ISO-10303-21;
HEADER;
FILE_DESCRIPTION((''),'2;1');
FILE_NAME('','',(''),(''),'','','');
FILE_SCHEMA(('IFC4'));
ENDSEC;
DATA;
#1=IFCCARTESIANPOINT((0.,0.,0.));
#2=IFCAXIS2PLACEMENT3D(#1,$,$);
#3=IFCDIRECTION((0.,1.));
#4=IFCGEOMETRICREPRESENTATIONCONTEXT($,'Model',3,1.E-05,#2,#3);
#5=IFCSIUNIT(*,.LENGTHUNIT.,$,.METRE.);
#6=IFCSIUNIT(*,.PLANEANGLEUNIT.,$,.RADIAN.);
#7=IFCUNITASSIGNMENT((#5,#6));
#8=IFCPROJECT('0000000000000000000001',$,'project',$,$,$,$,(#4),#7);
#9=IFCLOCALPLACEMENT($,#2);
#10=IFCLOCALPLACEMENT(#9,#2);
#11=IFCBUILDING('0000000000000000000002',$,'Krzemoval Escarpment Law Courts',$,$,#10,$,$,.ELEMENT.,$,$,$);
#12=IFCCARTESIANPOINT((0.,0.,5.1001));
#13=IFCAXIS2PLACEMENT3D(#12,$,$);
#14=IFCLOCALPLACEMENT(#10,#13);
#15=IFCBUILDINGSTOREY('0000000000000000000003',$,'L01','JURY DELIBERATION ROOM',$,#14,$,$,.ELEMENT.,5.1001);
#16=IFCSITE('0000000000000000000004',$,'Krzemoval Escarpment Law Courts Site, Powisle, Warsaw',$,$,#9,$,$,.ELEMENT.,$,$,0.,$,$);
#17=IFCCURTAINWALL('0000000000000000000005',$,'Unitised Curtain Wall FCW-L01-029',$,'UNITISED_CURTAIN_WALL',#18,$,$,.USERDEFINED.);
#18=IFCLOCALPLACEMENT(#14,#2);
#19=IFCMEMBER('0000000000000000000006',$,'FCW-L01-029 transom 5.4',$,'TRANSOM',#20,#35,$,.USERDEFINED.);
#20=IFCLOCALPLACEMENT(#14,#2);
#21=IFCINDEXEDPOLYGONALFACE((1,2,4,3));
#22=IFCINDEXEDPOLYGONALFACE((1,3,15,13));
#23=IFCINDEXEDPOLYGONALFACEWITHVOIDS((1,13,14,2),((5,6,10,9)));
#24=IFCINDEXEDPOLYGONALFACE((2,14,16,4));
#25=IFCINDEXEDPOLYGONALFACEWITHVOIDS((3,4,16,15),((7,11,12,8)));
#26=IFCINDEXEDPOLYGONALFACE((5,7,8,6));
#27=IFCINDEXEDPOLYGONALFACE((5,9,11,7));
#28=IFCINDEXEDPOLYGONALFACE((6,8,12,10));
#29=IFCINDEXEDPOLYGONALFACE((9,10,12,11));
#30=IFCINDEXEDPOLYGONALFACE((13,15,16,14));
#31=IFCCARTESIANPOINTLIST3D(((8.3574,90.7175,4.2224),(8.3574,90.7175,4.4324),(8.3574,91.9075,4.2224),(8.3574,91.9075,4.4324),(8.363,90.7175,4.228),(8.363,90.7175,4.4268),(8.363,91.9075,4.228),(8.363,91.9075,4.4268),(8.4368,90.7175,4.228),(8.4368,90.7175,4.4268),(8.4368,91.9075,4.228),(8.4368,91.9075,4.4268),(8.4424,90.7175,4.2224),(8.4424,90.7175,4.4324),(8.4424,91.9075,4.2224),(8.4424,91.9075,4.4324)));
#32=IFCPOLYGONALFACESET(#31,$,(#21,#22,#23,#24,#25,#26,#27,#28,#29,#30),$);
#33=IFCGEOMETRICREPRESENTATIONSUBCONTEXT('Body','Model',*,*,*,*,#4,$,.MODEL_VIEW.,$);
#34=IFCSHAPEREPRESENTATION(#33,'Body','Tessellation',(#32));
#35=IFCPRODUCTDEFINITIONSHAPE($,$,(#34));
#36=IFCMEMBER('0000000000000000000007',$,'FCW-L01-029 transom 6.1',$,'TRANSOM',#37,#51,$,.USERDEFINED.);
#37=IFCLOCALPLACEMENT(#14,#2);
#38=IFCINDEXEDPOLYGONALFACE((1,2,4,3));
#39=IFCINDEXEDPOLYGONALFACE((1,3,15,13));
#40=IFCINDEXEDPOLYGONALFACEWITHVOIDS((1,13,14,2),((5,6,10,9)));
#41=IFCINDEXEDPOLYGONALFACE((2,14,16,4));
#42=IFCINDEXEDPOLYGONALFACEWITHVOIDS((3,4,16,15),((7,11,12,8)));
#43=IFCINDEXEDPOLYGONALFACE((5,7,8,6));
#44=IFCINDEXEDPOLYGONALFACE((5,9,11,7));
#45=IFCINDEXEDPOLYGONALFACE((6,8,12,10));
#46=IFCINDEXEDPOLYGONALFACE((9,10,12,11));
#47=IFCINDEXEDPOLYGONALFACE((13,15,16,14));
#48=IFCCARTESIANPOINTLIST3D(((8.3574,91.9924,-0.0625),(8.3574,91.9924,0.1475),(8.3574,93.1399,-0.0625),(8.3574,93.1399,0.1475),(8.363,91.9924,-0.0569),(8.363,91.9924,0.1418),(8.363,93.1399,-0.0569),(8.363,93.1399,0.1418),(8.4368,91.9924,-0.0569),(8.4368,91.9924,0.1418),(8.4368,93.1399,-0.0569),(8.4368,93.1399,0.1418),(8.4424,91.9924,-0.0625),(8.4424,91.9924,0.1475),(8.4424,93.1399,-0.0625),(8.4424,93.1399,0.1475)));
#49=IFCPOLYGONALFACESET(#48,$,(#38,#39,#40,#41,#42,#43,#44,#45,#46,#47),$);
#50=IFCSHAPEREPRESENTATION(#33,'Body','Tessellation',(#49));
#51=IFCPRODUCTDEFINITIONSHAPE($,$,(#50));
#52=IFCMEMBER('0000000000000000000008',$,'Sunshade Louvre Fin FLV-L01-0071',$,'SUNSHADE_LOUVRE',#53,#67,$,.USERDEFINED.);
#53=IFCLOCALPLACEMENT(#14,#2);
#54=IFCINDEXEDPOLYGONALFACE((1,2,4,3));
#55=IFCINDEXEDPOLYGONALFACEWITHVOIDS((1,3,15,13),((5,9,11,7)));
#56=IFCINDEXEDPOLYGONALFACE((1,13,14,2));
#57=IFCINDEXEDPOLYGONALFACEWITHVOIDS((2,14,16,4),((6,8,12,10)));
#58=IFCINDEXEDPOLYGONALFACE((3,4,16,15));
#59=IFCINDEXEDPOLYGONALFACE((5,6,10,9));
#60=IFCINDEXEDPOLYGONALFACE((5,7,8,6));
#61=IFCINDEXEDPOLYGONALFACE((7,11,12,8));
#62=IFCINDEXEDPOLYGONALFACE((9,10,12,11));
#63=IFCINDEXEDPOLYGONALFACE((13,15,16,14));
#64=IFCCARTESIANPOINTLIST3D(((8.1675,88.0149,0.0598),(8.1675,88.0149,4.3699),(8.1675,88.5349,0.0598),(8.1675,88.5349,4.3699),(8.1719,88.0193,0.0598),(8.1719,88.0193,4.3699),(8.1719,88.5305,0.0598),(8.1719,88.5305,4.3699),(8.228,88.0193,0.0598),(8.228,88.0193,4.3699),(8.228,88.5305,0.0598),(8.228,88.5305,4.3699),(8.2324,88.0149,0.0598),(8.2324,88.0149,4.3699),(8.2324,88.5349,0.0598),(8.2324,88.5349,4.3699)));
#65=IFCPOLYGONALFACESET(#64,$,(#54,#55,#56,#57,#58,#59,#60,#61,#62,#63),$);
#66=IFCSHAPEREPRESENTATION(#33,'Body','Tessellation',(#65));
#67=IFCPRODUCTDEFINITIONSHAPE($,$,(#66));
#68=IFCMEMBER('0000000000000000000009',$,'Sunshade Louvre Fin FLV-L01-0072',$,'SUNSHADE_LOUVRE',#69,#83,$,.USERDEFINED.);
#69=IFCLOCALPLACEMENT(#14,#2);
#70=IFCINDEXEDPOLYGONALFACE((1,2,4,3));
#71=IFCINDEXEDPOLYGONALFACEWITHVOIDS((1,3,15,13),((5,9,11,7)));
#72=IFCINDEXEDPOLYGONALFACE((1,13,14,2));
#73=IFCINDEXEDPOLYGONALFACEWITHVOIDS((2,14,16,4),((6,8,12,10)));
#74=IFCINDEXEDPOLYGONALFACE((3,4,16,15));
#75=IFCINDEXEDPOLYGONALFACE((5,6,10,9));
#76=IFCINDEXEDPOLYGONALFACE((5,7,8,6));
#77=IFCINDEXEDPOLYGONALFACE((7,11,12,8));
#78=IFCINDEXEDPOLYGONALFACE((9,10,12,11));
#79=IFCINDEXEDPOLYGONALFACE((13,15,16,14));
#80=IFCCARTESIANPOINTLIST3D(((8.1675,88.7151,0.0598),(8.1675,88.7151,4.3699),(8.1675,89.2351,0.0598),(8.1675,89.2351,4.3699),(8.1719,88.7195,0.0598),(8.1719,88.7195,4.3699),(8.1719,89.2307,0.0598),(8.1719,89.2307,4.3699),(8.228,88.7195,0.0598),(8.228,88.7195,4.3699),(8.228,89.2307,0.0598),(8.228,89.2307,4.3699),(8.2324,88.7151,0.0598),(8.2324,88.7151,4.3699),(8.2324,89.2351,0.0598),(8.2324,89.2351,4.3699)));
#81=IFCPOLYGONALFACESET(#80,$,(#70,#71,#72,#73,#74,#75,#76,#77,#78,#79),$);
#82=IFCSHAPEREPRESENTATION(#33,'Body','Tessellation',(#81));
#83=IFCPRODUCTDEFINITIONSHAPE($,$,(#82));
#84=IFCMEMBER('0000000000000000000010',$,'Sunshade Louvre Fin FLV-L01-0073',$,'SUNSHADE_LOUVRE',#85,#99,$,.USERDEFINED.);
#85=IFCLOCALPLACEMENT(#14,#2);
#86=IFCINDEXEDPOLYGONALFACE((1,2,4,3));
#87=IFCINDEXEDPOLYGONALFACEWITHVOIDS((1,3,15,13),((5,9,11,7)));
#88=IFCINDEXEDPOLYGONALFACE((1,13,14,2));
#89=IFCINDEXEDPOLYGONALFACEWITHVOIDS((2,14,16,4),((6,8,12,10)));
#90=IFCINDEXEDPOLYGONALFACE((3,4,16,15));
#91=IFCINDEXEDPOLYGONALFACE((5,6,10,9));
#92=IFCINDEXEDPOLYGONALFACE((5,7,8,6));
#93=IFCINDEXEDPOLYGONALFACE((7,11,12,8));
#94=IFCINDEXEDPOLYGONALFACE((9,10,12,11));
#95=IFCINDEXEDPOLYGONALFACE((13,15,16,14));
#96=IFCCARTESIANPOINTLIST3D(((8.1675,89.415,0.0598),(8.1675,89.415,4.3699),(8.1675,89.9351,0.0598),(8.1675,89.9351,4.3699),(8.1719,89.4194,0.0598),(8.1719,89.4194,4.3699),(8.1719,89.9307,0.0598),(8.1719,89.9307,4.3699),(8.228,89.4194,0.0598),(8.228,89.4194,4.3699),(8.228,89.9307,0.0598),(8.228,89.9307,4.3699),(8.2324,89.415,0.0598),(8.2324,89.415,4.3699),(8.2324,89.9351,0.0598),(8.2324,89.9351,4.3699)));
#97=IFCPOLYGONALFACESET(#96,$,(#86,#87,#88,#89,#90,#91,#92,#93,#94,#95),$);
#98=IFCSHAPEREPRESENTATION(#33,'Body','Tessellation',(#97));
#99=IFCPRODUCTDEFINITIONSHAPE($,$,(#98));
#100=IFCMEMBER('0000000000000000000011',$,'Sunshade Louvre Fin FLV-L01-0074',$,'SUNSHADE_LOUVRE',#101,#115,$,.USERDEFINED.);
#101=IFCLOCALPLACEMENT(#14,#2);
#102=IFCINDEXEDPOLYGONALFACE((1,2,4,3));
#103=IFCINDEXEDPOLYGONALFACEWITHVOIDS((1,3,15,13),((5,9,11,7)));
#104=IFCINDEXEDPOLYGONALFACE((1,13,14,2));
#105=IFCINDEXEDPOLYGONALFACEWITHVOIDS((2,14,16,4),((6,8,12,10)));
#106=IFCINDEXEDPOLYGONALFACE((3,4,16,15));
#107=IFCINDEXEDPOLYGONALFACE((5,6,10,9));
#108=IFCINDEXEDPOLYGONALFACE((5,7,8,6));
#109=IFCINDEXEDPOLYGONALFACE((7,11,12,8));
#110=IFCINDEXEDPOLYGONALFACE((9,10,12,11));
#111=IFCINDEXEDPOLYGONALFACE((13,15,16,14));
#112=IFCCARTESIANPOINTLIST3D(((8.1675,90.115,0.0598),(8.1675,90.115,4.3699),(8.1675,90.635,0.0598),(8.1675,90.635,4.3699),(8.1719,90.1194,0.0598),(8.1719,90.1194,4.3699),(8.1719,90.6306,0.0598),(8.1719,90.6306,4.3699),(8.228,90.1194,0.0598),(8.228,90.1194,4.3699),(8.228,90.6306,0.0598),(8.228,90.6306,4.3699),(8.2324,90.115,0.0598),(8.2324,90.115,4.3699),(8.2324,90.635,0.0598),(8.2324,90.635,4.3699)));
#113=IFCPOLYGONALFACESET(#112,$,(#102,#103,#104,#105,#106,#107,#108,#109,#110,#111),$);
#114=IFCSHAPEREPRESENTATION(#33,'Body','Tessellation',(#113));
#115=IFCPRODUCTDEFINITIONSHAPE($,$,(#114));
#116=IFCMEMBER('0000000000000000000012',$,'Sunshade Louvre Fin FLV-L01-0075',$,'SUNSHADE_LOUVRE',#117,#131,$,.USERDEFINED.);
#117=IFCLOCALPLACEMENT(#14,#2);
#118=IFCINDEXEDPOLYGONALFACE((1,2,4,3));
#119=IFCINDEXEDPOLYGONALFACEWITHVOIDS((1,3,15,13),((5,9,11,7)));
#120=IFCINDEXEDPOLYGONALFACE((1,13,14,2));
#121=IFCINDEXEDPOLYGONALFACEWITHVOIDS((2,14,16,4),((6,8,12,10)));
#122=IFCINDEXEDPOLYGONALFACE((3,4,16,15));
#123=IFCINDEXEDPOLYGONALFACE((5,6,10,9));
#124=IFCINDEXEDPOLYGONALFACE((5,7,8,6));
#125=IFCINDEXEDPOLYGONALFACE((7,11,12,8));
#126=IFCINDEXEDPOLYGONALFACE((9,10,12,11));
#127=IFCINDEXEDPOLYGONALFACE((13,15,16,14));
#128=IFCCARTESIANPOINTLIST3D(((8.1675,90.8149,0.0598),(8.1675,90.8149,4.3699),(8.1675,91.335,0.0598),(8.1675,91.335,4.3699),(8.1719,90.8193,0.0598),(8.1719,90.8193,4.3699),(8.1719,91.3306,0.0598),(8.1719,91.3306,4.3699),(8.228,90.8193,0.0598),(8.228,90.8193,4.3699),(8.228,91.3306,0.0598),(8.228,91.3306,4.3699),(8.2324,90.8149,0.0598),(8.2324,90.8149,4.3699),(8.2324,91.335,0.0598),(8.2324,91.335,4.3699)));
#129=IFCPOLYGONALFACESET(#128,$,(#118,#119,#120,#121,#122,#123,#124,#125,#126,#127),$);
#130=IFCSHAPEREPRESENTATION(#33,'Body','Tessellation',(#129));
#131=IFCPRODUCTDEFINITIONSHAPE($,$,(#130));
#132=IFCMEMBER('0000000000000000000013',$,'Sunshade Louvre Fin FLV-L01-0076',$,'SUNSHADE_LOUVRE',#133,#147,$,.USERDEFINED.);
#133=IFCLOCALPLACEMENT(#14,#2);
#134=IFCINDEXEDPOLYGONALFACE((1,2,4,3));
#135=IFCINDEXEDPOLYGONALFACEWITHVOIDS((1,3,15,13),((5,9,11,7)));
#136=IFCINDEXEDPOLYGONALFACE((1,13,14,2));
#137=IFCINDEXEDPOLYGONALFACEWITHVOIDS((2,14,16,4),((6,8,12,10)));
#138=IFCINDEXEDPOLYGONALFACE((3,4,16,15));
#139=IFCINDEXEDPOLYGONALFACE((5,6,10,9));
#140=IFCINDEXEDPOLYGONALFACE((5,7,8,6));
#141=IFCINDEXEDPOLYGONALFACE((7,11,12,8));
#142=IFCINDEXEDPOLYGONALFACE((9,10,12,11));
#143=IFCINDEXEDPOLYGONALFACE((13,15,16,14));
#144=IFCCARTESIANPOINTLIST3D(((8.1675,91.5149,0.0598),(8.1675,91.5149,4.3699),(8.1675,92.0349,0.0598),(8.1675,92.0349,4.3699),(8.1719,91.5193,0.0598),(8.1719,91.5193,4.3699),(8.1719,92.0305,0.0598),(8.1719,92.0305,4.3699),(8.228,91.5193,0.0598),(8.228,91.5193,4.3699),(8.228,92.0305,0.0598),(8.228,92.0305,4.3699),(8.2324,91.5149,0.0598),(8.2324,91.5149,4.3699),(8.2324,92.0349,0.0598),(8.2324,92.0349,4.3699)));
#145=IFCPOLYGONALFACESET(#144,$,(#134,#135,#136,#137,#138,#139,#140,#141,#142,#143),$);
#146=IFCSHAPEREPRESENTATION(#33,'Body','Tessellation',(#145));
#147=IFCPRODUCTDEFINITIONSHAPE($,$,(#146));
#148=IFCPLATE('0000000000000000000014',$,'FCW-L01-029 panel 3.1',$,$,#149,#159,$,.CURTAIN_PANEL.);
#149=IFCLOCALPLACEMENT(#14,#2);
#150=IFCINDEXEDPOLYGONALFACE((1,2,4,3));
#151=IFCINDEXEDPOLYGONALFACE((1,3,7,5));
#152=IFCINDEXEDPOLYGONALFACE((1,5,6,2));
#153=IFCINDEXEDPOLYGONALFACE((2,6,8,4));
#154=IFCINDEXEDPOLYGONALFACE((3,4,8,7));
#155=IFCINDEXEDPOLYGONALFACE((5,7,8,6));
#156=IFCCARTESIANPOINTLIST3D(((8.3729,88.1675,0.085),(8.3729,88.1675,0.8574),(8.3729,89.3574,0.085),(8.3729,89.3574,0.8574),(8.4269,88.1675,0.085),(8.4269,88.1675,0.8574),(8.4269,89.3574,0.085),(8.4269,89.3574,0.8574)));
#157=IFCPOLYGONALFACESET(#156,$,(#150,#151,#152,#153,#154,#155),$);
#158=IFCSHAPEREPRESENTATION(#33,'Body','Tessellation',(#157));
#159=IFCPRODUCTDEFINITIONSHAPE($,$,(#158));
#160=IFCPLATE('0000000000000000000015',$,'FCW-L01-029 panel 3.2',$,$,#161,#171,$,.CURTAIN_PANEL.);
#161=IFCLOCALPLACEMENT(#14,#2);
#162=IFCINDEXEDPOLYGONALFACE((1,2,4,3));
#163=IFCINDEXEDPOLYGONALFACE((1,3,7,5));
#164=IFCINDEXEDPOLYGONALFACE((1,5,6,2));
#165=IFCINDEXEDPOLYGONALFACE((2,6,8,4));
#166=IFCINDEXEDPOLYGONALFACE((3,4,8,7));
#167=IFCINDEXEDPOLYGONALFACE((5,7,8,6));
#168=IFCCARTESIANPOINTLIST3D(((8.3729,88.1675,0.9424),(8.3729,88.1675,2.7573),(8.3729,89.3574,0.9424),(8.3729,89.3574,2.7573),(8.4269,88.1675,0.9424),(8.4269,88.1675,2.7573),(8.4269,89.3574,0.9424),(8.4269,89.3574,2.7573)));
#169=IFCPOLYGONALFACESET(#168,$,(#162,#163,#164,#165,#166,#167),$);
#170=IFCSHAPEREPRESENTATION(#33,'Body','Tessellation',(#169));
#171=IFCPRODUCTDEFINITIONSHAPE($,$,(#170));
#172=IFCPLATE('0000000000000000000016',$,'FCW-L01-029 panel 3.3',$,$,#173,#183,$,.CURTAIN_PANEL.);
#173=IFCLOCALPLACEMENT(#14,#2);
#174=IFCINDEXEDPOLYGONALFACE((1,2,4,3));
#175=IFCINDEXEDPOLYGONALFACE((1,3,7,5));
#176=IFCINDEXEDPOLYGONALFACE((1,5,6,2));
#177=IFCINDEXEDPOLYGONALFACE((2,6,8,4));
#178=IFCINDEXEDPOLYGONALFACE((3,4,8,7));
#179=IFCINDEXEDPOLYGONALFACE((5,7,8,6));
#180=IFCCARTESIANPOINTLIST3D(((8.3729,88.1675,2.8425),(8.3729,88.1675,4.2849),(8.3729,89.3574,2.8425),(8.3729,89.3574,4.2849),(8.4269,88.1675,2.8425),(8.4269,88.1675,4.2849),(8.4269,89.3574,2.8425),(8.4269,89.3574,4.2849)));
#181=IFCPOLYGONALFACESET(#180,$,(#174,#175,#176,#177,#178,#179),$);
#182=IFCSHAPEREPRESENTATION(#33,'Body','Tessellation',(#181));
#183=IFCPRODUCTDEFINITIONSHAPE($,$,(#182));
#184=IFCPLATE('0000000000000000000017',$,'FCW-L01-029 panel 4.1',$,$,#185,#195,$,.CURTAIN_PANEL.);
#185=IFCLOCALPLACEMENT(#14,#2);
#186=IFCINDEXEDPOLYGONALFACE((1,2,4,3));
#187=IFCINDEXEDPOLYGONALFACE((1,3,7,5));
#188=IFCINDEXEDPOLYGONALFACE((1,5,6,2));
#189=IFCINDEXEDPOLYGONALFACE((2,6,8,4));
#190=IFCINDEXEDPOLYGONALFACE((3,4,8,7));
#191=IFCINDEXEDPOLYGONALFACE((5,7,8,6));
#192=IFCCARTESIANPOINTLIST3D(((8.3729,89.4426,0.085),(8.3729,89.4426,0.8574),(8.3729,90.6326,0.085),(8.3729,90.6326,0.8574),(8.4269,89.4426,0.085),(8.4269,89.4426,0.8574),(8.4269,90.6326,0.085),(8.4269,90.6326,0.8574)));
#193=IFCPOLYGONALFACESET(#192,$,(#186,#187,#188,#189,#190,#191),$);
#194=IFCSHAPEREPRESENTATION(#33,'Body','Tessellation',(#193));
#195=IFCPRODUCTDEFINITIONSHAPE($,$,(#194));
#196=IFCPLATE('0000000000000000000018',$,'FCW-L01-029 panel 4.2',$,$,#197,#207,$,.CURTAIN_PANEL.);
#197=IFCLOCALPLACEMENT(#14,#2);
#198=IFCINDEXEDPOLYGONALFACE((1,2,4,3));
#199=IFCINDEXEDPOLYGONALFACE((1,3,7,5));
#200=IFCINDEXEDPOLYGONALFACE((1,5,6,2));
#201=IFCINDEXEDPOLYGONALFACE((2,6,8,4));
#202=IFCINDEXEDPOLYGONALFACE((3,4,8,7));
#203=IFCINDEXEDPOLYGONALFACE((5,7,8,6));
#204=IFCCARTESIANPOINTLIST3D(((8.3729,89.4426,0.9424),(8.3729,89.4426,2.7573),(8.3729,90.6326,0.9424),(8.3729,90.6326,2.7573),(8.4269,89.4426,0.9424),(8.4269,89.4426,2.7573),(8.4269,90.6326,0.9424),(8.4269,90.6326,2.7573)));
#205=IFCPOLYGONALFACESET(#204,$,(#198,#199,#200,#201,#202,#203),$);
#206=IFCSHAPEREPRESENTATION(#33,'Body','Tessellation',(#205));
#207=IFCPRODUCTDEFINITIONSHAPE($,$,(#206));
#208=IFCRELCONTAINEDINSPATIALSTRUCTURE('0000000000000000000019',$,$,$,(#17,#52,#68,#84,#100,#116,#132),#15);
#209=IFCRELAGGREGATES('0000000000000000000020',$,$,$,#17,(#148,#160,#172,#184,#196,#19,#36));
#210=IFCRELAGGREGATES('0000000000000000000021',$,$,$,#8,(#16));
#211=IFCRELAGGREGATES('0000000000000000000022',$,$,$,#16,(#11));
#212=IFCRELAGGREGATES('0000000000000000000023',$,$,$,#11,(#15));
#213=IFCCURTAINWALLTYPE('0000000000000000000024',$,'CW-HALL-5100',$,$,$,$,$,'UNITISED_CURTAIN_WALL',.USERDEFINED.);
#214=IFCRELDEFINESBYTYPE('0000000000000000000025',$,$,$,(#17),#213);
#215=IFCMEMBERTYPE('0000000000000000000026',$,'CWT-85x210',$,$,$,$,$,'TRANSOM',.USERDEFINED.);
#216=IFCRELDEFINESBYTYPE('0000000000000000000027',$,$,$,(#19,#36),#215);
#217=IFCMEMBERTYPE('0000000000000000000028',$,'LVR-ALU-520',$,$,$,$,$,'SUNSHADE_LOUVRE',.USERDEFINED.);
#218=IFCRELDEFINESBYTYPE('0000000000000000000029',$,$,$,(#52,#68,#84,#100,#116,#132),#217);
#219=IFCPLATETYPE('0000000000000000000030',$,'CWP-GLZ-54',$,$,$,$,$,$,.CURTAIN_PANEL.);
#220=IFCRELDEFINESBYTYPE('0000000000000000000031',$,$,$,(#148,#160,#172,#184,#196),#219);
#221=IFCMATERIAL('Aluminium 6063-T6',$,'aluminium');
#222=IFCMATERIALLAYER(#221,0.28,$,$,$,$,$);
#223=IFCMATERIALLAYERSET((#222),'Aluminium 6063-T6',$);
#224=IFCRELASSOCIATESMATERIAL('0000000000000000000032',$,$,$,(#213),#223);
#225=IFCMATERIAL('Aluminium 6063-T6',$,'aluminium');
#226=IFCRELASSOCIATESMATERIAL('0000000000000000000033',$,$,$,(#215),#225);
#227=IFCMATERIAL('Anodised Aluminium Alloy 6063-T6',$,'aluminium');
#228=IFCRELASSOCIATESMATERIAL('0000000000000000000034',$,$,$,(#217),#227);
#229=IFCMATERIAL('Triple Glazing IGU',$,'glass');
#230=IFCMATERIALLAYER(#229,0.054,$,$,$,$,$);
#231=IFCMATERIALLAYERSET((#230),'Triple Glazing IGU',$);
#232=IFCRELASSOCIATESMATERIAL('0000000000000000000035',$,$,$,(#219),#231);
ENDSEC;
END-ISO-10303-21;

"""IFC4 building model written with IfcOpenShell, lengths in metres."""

from ifc_helpers import new_model, si_unit, direction, frame, origin, origin_2d, place, context, subcontext, project, spatial, rectangle, hollow_rectangle, extrude, material, layer, layer_set, material_profile, profile_set, type_object, element, aggregate, save


model = new_model("IFC4")

# Units and contexts
model_context = context("Model", 3, precision=1e-05, world=origin(), true_north=direction((0.0, 1.0)))
body_context = subcontext(model_context, "Body", "Model", "MODEL_VIEW")
ifc_project = project(units=[si_unit("LENGTHUNIT", "METRE"), si_unit("PLANEANGLEUNIT", "RADIAN")], contexts=[model_context])

# Site, building, storey
site_placement = place(None, origin())
site = spatial("IfcSite", under=ifc_project, at=site_placement, Name="Krzemoval Escarpment Law Courts Site, Powisle, Warsaw", CompositionType="ELEMENT", RefElevation=0.0)
building_placement = place(site_placement, origin())
building = spatial("IfcBuilding", under=site, at=building_placement, Name="Krzemoval Escarpment Law Courts", CompositionType="ELEMENT")
storey_placement = place(building_placement, frame((0.0, 0.0, 5.1001)))
storey = spatial("IfcBuildingStorey", under=building, at=storey_placement, Name="L01", Description="JURY DELIBERATION ROOM", CompositionType="ELEMENT", Elevation=5.1001)

# Curtain wall, members
ifc_material_1 = material(Name="Aluminium 6063-T6", Category="aluminium")
ifc_layer_1 = layer(ifc_material_1, 0.28)
ifc_layer_set_1 = layer_set([ifc_layer_1], Name="Aluminium 6063-T6")
curtain_wall_type = type_object("IfcCurtainWallType", Name="CW-HALL-5100", ElementType="UNITISED_CURTAIN_WALL", PredefinedType="USERDEFINED", material=ifc_layer_set_1)
curtain_wall_placement = place(storey_placement, origin())
curtain_wall = element("IfcCurtainWall", 1, at=curtain_wall_placement, inside=storey, type_object=curtain_wall_type, Name="Unitised Curtain Wall FCW-L01-029", ObjectType="UNITISED_CURTAIN_WALL", PredefinedType="USERDEFINED")
ifc_material_2 = material(Name="Aluminium 6063-T6", Category="aluminium")
ifc_material_profile_1 = material_profile(ifc_material_2, hollow_rectangle(XDim=0.085, YDim=0.21, WallThickness=0.0056, at=origin_2d()), Name="ALU T85x210")
ifc_profile_set_1 = profile_set([ifc_material_profile_1], Name="Aluminium 6063-T6")
member_type_1 = type_object("IfcMemberType", Name="CWT-85x210", ElementType="TRANSOM", PredefinedType="USERDEFINED", material=ifc_profile_set_1)
member_1_placement = place(storey_placement, frame((8.3999, 90.7175, 4.3274), z_axis=(0.0, 1.0, 0.0), x_axis=(-1.0, 0.0, 0.0)))
member_1 = element("IfcMember", 2, at=member_1_placement, type_object=member_type_1, Name="FCW-L01-029 transom 5.4", ObjectType="TRANSOM", PredefinedType="USERDEFINED", context=body_context, shape_type="SweptSolid", body=[
    extrude(hollow_rectangle(XDim=0.085, YDim=0.21, WallThickness=0.0056, at=origin_2d()), origin(), (0.0, 0.0, 1.0), 1.1899),
])
member_2_placement = place(storey_placement, frame((8.3999, 91.9924, 0.0425), z_axis=(0.0, 1.0, 0.0), x_axis=(-1.0, 0.0, 0.0)))
member_2 = element("IfcMember", 3, at=member_2_placement, type_object=member_type_1, Name="FCW-L01-029 transom 6.1", ObjectType="TRANSOM", PredefinedType="USERDEFINED", context=body_context, shape_type="SweptSolid", body=[
    extrude(hollow_rectangle(XDim=0.085, YDim=0.21, WallThickness=0.0056, at=origin_2d()), origin(), (0.0, 0.0, 1.0), 1.1475),
])

# Members
ifc_material_3 = material(Name="Anodised Aluminium Alloy 6063-T6", Category="aluminium")
ifc_material_profile_2 = material_profile(ifc_material_3, hollow_rectangle(XDim=0.0649, YDim=0.52, WallThickness=0.0044, at=origin_2d()), Name="ALU LVR 65x520")
ifc_profile_set_2 = profile_set([ifc_material_profile_2], Name="Anodised Aluminium Alloy 6063-T6")
member_type_2 = type_object("IfcMemberType", Name="LVR-ALU-520", ElementType="SUNSHADE_LOUVRE", PredefinedType="USERDEFINED", material=ifc_profile_set_2)
for number, where, z_axis, x_axis, name in (
    (4, (8.2, 88.2749, 0.0598), (0.0, 0.0, 1.0), (1.0, 0.0, 0.0), "Sunshade Louvre Fin FLV-L01-0071"),
    (5, (8.2, 88.9751, 0.0598), (0.0, 0.0, 1.0), (1.0, 0.0, 0.0), "Sunshade Louvre Fin FLV-L01-0072"),
    (6, (8.2, 89.675, 0.0598), (0.0, 0.0, 1.0), (1.0, 0.0, 0.0), "Sunshade Louvre Fin FLV-L01-0073"),
    (7, (8.2, 90.375, 0.0598), (0.0, 0.0, 1.0), (1.0, 0.0, 0.0), "Sunshade Louvre Fin FLV-L01-0074"),
    (8, (8.2, 91.075, 0.0598), (0.0, 0.0, 1.0), (1.0, 0.0, 0.0), "Sunshade Louvre Fin FLV-L01-0075"),
    (9, (8.2, 91.7749, 0.0598), (0.0, 0.0, 1.0), (1.0, 0.0, 0.0), "Sunshade Louvre Fin FLV-L01-0076"),
):
    element("IfcMember", number, at=place(storey_placement, frame(where, z_axis=z_axis, x_axis=x_axis)), inside=storey, type_object=member_type_2, Name=name, ObjectType="SUNSHADE_LOUVRE", PredefinedType="USERDEFINED", context=body_context, shape_type="SweptSolid", body=[
        extrude(hollow_rectangle(XDim=0.0649, YDim=0.52, WallThickness=0.0044, at=origin_2d()), origin(), (0.0, 0.0, 1.0), 4.3101),
    ])

# Plates
ifc_material_4 = material(Name="Triple Glazing IGU", Category="glass")
ifc_layer_2 = layer(ifc_material_4, 0.054)
ifc_layer_set_2 = layer_set([ifc_layer_2], Name="Triple Glazing IGU")
plate_type = type_object("IfcPlateType", Name="CWP-GLZ-54", PredefinedType="CURTAIN_PANEL", material=ifc_layer_set_2)
plate_1_placement = place(storey_placement, frame((8.3999, 88.7625, 0.085), z_axis=(0.0, 0.0, 1.0), x_axis=(0.0, 1.0, 0.0)))
plate_1 = element("IfcPlate", 10, at=plate_1_placement, type_object=plate_type, Name="FCW-L01-029 panel 3.1", PredefinedType="CURTAIN_PANEL", context=body_context, shape_type="SweptSolid", body=[
    extrude(rectangle(XDim=1.1899, YDim=0.054, at=origin_2d()), origin(), (0.0, 0.0, 1.0), 0.7725),
])
plate_2_placement = place(storey_placement, frame((8.3999, 88.7625, 0.9424), z_axis=(0.0, 0.0, 1.0), x_axis=(0.0, 1.0, 0.0)))
plate_2 = element("IfcPlate", 11, at=plate_2_placement, type_object=plate_type, Name="FCW-L01-029 panel 3.2", PredefinedType="CURTAIN_PANEL", context=body_context, shape_type="SweptSolid", body=[
    extrude(rectangle(XDim=1.1899, YDim=0.054, at=origin_2d()), origin(), (0.0, 0.0, 1.0), 1.8149),
])
plate_3_placement = place(storey_placement, frame((8.3999, 88.7625, 2.8425), z_axis=(0.0, 0.0, 1.0), x_axis=(0.0, 1.0, 0.0)))
plate_3 = element("IfcPlate", 12, at=plate_3_placement, type_object=plate_type, Name="FCW-L01-029 panel 3.3", PredefinedType="CURTAIN_PANEL", context=body_context, shape_type="SweptSolid", body=[
    extrude(rectangle(XDim=1.1899, YDim=0.054, at=origin_2d()), origin(), (0.0, 0.0, 1.0), 1.4424),
])
plate_4_placement = place(storey_placement, frame((8.3999, 90.0376, 0.085), z_axis=(0.0, 0.0, 1.0), x_axis=(0.0, 1.0, 0.0)))
plate_4 = element("IfcPlate", 13, at=plate_4_placement, type_object=plate_type, Name="FCW-L01-029 panel 4.1", PredefinedType="CURTAIN_PANEL", context=body_context, shape_type="SweptSolid", body=[
    extrude(rectangle(XDim=1.1899, YDim=0.054, at=origin_2d()), origin(), (0.0, 0.0, 1.0), 0.7725),
])
plate_5_placement = place(storey_placement, frame((8.3999, 90.0376, 0.9424), z_axis=(0.0, 0.0, 1.0), x_axis=(0.0, 1.0, 0.0)))
plate_5 = element("IfcPlate", 14, at=plate_5_placement, type_object=plate_type, Name="FCW-L01-029 panel 4.2", PredefinedType="CURTAIN_PANEL", context=body_context, shape_type="SweptSolid", body=[
    extrude(rectangle(XDim=1.1899, YDim=0.054, at=origin_2d()), origin(), (0.0, 0.0, 1.0), 1.8149),
])
aggregate(curtain_wall, [plate_1, plate_2, plate_3, plate_4, plate_5, member_1, member_2])

save(model, "model.ifc")
